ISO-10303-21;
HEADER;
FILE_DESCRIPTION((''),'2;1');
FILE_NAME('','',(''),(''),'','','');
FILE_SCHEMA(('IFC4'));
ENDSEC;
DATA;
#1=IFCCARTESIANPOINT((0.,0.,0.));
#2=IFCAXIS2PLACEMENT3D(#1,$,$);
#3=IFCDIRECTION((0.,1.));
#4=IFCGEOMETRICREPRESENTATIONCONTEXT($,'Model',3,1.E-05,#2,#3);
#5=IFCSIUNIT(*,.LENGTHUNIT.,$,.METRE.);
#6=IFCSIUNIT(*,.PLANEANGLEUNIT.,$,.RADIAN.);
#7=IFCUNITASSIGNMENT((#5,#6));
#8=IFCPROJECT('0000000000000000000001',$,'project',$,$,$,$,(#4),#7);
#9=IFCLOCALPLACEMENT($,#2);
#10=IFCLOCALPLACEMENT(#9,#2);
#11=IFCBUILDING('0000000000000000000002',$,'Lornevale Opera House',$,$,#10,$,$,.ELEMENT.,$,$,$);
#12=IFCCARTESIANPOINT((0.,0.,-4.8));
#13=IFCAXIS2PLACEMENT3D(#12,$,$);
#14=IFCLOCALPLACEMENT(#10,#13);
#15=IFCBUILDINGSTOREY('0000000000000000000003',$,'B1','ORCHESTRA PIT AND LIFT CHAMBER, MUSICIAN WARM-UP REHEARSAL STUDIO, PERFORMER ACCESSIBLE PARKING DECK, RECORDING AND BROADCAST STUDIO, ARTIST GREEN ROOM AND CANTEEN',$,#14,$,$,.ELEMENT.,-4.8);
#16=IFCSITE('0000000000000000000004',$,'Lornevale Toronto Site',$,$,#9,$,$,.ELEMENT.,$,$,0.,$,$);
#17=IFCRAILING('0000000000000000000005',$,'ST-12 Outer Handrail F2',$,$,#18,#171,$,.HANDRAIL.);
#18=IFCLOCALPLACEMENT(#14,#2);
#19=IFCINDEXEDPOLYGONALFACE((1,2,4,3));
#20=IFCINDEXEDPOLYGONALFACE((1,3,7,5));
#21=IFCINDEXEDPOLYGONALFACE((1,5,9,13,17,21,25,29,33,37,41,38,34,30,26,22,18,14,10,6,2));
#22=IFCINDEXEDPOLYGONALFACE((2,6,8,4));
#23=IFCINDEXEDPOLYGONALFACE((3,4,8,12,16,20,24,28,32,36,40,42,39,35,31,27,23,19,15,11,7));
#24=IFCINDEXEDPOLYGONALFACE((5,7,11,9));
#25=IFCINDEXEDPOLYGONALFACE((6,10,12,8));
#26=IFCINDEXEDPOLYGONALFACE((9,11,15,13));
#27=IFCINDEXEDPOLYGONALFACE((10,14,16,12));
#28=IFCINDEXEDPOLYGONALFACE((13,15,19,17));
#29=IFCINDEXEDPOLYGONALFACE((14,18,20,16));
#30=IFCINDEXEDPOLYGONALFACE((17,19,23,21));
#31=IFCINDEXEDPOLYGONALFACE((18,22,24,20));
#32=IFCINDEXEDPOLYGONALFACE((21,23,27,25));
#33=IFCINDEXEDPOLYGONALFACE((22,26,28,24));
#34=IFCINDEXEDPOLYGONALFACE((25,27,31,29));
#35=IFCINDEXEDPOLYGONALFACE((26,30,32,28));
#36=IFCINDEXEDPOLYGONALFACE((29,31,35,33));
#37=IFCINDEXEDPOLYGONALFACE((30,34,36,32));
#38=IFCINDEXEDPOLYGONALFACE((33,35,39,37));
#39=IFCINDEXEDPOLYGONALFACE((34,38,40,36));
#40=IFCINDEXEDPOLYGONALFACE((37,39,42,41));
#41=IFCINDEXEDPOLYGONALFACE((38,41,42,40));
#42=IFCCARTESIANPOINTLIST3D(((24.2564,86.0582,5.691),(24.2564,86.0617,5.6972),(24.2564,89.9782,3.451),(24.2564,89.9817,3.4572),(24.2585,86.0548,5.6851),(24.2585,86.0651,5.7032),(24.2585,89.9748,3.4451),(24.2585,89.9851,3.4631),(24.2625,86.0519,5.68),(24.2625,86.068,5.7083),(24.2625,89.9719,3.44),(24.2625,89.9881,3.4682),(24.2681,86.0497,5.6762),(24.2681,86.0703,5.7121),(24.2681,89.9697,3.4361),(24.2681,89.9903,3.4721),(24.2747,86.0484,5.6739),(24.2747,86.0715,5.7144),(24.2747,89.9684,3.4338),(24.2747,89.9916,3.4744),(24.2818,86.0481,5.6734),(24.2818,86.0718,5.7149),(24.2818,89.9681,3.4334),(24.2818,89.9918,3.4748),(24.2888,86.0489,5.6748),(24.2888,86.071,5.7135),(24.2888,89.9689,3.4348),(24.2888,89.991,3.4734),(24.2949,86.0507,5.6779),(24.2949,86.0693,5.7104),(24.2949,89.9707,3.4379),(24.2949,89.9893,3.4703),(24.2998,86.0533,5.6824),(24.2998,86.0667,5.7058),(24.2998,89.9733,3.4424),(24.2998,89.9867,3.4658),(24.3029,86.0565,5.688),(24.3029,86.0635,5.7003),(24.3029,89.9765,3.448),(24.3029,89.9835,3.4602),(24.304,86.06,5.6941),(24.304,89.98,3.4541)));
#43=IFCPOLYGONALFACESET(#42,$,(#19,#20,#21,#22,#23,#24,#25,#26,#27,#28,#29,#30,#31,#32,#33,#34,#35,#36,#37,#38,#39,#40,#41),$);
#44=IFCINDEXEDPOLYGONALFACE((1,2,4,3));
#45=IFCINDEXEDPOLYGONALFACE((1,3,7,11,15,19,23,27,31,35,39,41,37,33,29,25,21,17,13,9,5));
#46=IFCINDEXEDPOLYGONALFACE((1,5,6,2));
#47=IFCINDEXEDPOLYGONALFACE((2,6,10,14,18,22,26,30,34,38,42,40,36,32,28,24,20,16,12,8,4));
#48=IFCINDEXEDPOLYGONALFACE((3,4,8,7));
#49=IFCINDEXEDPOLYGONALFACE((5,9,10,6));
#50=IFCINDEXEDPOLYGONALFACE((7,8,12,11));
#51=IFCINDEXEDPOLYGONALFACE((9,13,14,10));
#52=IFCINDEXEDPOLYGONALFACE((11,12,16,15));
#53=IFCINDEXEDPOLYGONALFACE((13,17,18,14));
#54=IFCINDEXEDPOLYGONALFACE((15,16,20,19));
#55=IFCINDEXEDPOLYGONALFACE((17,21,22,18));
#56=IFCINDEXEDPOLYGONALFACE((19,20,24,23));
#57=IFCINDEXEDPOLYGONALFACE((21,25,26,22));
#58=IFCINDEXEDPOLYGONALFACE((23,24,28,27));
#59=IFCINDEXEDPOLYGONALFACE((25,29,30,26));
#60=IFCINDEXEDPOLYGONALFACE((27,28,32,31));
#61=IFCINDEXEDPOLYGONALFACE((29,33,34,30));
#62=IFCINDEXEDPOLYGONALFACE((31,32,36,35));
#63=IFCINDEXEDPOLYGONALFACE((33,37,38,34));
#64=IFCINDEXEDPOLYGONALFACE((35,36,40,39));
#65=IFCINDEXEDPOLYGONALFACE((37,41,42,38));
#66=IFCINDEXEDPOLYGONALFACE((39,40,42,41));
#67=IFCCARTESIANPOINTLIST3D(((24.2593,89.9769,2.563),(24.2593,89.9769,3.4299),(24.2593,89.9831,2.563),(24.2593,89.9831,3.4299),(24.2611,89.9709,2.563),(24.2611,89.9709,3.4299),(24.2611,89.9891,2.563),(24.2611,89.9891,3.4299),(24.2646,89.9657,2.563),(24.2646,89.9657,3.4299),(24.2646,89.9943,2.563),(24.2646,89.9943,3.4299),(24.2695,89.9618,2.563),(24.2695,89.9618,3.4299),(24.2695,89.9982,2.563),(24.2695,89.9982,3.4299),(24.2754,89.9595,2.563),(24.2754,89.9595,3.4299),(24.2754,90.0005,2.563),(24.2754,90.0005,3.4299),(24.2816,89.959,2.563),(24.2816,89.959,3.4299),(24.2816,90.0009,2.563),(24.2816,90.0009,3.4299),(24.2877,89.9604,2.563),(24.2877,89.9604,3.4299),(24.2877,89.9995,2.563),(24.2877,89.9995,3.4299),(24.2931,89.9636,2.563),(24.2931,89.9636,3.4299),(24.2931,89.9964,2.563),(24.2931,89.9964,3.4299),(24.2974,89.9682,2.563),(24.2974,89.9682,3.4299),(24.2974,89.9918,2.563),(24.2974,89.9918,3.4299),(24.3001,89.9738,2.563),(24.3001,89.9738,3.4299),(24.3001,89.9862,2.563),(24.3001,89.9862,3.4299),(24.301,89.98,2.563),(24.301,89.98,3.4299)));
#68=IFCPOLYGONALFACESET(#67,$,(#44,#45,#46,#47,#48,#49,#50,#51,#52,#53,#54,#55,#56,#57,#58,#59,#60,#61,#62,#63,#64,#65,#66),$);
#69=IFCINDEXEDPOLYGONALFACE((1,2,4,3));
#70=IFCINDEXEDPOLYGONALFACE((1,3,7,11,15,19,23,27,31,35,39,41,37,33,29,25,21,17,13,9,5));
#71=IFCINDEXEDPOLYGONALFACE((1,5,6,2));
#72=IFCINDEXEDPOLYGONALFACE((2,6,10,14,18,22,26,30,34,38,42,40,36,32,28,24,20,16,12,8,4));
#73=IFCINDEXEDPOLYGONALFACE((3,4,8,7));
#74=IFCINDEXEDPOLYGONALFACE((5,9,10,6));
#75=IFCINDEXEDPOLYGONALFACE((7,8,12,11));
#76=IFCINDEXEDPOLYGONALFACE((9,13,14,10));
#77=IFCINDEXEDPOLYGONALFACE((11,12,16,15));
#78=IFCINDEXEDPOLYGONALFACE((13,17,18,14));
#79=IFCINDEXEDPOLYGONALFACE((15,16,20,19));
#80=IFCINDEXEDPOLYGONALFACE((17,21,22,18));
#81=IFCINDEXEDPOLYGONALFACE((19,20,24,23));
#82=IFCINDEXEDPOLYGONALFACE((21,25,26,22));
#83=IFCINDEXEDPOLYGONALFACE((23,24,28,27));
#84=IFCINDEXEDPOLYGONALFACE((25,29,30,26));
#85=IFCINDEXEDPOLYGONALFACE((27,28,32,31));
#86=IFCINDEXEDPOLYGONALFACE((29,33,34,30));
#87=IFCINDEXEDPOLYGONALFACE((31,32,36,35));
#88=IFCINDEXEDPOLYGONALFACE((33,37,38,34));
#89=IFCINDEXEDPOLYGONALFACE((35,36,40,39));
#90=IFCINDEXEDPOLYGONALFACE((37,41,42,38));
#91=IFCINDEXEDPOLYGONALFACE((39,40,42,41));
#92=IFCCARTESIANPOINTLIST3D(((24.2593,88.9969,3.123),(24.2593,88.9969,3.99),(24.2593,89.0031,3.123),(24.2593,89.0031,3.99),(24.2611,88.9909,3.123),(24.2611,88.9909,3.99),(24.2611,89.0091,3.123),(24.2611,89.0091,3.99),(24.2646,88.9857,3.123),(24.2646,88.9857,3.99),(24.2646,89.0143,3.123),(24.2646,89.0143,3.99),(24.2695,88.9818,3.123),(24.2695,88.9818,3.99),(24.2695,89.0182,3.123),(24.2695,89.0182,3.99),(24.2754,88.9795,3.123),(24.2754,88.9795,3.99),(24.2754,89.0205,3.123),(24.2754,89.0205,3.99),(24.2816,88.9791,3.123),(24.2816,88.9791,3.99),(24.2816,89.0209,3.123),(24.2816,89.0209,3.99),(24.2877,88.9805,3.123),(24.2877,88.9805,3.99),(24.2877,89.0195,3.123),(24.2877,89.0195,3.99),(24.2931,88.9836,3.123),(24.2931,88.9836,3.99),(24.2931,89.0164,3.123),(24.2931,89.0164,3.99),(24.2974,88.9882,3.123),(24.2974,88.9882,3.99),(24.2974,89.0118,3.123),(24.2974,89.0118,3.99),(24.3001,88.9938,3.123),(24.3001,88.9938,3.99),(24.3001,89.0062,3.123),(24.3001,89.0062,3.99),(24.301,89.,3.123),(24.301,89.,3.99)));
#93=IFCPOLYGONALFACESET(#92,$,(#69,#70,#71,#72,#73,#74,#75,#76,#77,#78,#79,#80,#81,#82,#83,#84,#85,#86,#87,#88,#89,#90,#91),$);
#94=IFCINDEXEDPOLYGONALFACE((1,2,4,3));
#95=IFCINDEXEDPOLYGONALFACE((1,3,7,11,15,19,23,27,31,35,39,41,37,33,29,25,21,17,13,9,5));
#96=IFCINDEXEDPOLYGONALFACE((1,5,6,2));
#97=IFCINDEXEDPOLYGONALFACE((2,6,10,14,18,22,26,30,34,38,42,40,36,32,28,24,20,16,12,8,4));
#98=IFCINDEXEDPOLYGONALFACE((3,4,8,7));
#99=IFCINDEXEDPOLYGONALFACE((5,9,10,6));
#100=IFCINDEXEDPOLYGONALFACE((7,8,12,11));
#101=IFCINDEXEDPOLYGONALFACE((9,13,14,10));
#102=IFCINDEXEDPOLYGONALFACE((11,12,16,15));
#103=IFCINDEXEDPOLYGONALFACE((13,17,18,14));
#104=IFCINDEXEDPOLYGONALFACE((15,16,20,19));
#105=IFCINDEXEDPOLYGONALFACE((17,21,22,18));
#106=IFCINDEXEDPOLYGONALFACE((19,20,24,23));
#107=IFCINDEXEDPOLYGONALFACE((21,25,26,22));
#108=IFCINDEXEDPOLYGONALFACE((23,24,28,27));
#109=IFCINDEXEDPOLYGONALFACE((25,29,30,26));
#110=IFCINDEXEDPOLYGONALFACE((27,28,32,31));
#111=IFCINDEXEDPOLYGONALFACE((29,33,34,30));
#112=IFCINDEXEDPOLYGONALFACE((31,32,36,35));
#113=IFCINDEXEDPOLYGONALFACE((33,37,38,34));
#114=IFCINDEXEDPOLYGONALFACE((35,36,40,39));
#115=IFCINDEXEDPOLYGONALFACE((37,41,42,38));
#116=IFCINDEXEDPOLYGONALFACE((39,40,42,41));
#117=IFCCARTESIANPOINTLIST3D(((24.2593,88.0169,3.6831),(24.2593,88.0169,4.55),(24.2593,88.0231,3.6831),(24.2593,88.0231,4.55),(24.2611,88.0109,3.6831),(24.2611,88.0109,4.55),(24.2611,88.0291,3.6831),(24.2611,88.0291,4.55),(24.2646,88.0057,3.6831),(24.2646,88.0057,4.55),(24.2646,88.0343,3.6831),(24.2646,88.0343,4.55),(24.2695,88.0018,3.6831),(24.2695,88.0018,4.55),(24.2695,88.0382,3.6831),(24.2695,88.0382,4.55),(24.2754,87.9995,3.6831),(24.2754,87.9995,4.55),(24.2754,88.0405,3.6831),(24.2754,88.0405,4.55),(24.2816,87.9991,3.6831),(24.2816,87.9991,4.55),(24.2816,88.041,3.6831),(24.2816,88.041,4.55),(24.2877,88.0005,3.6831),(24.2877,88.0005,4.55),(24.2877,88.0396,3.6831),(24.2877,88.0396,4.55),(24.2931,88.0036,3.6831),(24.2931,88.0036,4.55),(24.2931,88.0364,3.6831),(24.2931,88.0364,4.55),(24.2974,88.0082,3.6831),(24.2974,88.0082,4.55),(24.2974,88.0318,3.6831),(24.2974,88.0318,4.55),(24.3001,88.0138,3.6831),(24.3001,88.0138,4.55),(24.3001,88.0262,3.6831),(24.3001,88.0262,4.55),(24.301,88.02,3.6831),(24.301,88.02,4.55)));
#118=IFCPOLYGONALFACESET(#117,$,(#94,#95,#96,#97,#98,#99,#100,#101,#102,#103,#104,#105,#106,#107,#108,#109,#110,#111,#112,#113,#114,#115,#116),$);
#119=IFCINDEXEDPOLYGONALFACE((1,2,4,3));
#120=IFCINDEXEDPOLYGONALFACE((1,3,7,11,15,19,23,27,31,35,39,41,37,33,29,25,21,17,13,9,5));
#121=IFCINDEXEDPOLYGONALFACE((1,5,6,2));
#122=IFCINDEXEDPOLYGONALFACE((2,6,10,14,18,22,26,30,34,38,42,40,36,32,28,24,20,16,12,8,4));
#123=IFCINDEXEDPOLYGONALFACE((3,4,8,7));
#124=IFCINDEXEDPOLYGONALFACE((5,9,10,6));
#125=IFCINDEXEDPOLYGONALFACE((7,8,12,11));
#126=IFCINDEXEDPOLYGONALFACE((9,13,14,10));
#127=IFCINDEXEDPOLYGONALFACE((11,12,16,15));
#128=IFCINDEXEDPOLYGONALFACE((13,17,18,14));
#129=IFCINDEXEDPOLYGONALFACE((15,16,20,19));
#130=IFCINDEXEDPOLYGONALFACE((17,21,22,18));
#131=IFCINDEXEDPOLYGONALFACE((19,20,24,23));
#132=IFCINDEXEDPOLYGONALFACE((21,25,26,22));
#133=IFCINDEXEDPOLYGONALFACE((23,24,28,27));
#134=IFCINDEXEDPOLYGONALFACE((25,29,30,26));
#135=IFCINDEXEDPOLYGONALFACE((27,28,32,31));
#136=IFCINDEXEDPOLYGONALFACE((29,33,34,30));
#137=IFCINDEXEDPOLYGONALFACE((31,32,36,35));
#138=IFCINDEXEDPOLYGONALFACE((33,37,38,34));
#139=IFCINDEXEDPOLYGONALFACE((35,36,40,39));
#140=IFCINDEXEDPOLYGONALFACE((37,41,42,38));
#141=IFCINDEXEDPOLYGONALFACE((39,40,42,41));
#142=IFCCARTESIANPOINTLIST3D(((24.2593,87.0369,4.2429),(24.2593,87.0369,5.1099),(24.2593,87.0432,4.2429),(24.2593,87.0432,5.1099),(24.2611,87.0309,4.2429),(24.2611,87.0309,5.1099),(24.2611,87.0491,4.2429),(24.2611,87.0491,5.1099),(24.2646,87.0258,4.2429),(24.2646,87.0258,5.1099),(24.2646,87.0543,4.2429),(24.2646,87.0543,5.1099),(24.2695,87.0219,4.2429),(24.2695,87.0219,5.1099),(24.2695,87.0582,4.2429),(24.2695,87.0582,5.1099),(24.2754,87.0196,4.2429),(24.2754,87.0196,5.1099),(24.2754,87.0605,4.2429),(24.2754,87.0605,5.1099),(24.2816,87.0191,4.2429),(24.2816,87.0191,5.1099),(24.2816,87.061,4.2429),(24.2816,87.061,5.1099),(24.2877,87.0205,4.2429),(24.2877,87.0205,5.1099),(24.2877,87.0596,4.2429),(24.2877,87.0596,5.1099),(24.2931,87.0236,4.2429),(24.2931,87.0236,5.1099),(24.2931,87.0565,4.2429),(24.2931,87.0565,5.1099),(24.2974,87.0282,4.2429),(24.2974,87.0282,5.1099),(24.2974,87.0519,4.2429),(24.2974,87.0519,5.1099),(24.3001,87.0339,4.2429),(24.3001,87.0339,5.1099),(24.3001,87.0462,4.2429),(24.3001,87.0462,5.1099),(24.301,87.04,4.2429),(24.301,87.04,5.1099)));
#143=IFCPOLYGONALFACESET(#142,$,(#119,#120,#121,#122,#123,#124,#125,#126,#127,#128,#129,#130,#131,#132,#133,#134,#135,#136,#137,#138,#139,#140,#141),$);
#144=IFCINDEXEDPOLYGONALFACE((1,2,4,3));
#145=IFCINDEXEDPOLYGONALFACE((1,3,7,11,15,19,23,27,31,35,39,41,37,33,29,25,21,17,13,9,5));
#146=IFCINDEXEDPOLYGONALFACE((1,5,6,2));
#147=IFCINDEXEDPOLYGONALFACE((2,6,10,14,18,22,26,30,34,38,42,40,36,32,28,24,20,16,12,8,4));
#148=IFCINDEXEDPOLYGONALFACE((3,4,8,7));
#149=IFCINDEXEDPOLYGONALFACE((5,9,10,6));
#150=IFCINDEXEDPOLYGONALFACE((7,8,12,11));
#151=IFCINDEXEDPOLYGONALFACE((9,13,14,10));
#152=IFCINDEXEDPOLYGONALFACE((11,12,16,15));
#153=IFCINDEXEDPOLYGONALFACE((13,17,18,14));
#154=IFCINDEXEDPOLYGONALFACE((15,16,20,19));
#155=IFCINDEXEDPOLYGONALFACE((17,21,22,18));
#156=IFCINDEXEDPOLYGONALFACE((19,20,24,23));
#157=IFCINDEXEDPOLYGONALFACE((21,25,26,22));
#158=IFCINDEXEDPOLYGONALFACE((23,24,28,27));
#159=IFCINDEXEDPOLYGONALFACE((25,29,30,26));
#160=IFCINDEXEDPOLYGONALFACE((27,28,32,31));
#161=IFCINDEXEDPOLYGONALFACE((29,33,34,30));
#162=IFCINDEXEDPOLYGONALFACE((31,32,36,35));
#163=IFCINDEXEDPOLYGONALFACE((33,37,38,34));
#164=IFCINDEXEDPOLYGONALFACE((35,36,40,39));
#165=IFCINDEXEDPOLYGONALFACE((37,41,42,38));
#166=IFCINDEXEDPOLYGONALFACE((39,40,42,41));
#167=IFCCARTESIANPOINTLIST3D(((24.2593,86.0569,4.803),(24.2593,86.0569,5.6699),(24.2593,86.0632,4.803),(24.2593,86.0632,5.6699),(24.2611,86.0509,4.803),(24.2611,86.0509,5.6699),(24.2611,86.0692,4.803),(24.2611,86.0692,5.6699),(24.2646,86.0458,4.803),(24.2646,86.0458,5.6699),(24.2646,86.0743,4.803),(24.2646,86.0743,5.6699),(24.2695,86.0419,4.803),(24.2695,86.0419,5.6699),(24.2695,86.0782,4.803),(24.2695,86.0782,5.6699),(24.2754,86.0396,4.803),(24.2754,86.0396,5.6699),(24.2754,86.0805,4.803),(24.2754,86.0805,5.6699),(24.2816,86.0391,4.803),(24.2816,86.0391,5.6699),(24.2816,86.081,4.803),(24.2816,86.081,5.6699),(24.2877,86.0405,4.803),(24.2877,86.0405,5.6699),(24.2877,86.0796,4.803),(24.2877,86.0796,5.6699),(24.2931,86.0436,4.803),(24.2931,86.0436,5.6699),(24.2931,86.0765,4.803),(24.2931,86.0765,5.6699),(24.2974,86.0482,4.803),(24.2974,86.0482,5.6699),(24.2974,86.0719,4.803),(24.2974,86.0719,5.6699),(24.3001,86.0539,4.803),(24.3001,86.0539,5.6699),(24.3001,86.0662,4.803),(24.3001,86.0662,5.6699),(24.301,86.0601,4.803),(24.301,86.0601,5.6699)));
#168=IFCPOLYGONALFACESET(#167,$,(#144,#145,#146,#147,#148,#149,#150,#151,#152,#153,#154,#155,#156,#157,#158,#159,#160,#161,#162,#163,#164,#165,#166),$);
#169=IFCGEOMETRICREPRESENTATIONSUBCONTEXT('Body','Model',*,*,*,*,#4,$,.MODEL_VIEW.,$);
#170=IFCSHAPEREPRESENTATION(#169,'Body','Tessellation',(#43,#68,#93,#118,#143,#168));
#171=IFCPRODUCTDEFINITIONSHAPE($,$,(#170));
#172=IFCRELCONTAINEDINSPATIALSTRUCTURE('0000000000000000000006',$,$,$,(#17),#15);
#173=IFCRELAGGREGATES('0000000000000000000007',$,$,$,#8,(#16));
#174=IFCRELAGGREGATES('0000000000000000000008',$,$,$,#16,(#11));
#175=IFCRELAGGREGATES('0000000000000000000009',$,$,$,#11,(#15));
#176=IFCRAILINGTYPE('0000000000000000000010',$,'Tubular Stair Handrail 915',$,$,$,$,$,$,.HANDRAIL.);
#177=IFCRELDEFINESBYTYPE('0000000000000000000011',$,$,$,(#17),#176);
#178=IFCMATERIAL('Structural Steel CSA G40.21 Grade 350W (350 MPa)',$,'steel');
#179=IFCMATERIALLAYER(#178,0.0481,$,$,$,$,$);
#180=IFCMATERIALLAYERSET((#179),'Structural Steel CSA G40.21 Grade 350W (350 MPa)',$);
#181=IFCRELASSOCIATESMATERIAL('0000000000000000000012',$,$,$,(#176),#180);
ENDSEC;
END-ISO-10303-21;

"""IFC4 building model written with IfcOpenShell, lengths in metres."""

from ifc_helpers import new_model, si_unit, direction, frame, origin, origin_2d, place, context, subcontext, project, spatial, circle, extrude, material, layer, layer_set, type_object, element, save


model = new_model("IFC4")

# Units and contexts
model_context = context("Model", 3, precision=1e-05, world=origin(), true_north=direction((0.0, 1.0)))
body_context = subcontext(model_context, "Body", "Model", "MODEL_VIEW")
ifc_project = project(units=[si_unit("LENGTHUNIT", "METRE"), si_unit("PLANEANGLEUNIT", "RADIAN")], contexts=[model_context])

# Site, building, storey
site_placement = place(None, origin())
site = spatial("IfcSite", under=ifc_project, at=site_placement, Name="Lornevale Toronto Site", CompositionType="ELEMENT", RefElevation=0.0)
building_placement = place(site_placement, origin())
building = spatial("IfcBuilding", under=site, at=building_placement, Name="Lornevale Opera House", CompositionType="ELEMENT")
storey_placement = place(building_placement, frame((0.0, 0.0, -4.8)))
storey = spatial("IfcBuildingStorey", under=building, at=storey_placement, Name="B1", Description="ORCHESTRA PIT AND LIFT CHAMBER, MUSICIAN WARM-UP REHEARSAL STUDIO, PERFORMER ACCESSIBLE PARKING DECK, RECORDING AND BROADCAST STUDIO, ARTIST GREEN ROOM AND CANTEEN", CompositionType="ELEMENT", Elevation=-4.8)

# Railing
ifc_material_1 = material(Name="Structural Steel CSA G40.21 Grade 350W (350 MPa)", Category="steel")
ifc_layer_1 = layer(ifc_material_1, 0.0481)
ifc_layer_set_1 = layer_set([ifc_layer_1], Name="Structural Steel CSA G40.21 Grade 350W (350 MPa)")
railing_type_1 = type_object("IfcRailingType", Name="Tubular Stair Handrail 915", PredefinedType="HANDRAIL", material=ifc_layer_set_1)
railing_1_placement = place(storey_placement, frame((24.28, 89.98, 2.563)))
element("IfcRailing", 1, at=railing_1_placement, inside=storey, type_object=railing_type_1, Name="ST-12 Outer Handrail F2", PredefinedType="HANDRAIL", context=body_context, shape_type="SweptSolid", body=[
    extrude(circle(Radius=0.0239, at=origin_2d()), frame((0.0, 0.0, 0.8911), z_axis=(0.0, -0.86824, 0.496145), x_axis=(1.0, 0.0, 0.0)), (0.0, 0.0, 1.0), 4.5149),
    extrude(circle(Radius=0.021, at=origin_2d()), origin(), (0.0, 0.0, 1.0), 0.8669),
    extrude(circle(Radius=0.021, at=origin_2d()), frame((0.0, -0.98, 0.5601)), (0.0, 0.0, 1.0), 0.8669),
    extrude(circle(Radius=0.021, at=origin_2d()), frame((0.0, -1.96, 1.1201)), (0.0, 0.0, 1.0), 0.8669),
    extrude(circle(Radius=0.021, at=origin_2d()), frame((0.0, -2.9399, 1.6799)), (0.0, 0.0, 1.0), 0.8669),
    extrude(circle(Radius=0.021, at=origin_2d()), frame((0.0, -3.9199, 2.24)), (0.0, 0.0, 1.0), 0.8669),
])

save(model, "model.ifc")
